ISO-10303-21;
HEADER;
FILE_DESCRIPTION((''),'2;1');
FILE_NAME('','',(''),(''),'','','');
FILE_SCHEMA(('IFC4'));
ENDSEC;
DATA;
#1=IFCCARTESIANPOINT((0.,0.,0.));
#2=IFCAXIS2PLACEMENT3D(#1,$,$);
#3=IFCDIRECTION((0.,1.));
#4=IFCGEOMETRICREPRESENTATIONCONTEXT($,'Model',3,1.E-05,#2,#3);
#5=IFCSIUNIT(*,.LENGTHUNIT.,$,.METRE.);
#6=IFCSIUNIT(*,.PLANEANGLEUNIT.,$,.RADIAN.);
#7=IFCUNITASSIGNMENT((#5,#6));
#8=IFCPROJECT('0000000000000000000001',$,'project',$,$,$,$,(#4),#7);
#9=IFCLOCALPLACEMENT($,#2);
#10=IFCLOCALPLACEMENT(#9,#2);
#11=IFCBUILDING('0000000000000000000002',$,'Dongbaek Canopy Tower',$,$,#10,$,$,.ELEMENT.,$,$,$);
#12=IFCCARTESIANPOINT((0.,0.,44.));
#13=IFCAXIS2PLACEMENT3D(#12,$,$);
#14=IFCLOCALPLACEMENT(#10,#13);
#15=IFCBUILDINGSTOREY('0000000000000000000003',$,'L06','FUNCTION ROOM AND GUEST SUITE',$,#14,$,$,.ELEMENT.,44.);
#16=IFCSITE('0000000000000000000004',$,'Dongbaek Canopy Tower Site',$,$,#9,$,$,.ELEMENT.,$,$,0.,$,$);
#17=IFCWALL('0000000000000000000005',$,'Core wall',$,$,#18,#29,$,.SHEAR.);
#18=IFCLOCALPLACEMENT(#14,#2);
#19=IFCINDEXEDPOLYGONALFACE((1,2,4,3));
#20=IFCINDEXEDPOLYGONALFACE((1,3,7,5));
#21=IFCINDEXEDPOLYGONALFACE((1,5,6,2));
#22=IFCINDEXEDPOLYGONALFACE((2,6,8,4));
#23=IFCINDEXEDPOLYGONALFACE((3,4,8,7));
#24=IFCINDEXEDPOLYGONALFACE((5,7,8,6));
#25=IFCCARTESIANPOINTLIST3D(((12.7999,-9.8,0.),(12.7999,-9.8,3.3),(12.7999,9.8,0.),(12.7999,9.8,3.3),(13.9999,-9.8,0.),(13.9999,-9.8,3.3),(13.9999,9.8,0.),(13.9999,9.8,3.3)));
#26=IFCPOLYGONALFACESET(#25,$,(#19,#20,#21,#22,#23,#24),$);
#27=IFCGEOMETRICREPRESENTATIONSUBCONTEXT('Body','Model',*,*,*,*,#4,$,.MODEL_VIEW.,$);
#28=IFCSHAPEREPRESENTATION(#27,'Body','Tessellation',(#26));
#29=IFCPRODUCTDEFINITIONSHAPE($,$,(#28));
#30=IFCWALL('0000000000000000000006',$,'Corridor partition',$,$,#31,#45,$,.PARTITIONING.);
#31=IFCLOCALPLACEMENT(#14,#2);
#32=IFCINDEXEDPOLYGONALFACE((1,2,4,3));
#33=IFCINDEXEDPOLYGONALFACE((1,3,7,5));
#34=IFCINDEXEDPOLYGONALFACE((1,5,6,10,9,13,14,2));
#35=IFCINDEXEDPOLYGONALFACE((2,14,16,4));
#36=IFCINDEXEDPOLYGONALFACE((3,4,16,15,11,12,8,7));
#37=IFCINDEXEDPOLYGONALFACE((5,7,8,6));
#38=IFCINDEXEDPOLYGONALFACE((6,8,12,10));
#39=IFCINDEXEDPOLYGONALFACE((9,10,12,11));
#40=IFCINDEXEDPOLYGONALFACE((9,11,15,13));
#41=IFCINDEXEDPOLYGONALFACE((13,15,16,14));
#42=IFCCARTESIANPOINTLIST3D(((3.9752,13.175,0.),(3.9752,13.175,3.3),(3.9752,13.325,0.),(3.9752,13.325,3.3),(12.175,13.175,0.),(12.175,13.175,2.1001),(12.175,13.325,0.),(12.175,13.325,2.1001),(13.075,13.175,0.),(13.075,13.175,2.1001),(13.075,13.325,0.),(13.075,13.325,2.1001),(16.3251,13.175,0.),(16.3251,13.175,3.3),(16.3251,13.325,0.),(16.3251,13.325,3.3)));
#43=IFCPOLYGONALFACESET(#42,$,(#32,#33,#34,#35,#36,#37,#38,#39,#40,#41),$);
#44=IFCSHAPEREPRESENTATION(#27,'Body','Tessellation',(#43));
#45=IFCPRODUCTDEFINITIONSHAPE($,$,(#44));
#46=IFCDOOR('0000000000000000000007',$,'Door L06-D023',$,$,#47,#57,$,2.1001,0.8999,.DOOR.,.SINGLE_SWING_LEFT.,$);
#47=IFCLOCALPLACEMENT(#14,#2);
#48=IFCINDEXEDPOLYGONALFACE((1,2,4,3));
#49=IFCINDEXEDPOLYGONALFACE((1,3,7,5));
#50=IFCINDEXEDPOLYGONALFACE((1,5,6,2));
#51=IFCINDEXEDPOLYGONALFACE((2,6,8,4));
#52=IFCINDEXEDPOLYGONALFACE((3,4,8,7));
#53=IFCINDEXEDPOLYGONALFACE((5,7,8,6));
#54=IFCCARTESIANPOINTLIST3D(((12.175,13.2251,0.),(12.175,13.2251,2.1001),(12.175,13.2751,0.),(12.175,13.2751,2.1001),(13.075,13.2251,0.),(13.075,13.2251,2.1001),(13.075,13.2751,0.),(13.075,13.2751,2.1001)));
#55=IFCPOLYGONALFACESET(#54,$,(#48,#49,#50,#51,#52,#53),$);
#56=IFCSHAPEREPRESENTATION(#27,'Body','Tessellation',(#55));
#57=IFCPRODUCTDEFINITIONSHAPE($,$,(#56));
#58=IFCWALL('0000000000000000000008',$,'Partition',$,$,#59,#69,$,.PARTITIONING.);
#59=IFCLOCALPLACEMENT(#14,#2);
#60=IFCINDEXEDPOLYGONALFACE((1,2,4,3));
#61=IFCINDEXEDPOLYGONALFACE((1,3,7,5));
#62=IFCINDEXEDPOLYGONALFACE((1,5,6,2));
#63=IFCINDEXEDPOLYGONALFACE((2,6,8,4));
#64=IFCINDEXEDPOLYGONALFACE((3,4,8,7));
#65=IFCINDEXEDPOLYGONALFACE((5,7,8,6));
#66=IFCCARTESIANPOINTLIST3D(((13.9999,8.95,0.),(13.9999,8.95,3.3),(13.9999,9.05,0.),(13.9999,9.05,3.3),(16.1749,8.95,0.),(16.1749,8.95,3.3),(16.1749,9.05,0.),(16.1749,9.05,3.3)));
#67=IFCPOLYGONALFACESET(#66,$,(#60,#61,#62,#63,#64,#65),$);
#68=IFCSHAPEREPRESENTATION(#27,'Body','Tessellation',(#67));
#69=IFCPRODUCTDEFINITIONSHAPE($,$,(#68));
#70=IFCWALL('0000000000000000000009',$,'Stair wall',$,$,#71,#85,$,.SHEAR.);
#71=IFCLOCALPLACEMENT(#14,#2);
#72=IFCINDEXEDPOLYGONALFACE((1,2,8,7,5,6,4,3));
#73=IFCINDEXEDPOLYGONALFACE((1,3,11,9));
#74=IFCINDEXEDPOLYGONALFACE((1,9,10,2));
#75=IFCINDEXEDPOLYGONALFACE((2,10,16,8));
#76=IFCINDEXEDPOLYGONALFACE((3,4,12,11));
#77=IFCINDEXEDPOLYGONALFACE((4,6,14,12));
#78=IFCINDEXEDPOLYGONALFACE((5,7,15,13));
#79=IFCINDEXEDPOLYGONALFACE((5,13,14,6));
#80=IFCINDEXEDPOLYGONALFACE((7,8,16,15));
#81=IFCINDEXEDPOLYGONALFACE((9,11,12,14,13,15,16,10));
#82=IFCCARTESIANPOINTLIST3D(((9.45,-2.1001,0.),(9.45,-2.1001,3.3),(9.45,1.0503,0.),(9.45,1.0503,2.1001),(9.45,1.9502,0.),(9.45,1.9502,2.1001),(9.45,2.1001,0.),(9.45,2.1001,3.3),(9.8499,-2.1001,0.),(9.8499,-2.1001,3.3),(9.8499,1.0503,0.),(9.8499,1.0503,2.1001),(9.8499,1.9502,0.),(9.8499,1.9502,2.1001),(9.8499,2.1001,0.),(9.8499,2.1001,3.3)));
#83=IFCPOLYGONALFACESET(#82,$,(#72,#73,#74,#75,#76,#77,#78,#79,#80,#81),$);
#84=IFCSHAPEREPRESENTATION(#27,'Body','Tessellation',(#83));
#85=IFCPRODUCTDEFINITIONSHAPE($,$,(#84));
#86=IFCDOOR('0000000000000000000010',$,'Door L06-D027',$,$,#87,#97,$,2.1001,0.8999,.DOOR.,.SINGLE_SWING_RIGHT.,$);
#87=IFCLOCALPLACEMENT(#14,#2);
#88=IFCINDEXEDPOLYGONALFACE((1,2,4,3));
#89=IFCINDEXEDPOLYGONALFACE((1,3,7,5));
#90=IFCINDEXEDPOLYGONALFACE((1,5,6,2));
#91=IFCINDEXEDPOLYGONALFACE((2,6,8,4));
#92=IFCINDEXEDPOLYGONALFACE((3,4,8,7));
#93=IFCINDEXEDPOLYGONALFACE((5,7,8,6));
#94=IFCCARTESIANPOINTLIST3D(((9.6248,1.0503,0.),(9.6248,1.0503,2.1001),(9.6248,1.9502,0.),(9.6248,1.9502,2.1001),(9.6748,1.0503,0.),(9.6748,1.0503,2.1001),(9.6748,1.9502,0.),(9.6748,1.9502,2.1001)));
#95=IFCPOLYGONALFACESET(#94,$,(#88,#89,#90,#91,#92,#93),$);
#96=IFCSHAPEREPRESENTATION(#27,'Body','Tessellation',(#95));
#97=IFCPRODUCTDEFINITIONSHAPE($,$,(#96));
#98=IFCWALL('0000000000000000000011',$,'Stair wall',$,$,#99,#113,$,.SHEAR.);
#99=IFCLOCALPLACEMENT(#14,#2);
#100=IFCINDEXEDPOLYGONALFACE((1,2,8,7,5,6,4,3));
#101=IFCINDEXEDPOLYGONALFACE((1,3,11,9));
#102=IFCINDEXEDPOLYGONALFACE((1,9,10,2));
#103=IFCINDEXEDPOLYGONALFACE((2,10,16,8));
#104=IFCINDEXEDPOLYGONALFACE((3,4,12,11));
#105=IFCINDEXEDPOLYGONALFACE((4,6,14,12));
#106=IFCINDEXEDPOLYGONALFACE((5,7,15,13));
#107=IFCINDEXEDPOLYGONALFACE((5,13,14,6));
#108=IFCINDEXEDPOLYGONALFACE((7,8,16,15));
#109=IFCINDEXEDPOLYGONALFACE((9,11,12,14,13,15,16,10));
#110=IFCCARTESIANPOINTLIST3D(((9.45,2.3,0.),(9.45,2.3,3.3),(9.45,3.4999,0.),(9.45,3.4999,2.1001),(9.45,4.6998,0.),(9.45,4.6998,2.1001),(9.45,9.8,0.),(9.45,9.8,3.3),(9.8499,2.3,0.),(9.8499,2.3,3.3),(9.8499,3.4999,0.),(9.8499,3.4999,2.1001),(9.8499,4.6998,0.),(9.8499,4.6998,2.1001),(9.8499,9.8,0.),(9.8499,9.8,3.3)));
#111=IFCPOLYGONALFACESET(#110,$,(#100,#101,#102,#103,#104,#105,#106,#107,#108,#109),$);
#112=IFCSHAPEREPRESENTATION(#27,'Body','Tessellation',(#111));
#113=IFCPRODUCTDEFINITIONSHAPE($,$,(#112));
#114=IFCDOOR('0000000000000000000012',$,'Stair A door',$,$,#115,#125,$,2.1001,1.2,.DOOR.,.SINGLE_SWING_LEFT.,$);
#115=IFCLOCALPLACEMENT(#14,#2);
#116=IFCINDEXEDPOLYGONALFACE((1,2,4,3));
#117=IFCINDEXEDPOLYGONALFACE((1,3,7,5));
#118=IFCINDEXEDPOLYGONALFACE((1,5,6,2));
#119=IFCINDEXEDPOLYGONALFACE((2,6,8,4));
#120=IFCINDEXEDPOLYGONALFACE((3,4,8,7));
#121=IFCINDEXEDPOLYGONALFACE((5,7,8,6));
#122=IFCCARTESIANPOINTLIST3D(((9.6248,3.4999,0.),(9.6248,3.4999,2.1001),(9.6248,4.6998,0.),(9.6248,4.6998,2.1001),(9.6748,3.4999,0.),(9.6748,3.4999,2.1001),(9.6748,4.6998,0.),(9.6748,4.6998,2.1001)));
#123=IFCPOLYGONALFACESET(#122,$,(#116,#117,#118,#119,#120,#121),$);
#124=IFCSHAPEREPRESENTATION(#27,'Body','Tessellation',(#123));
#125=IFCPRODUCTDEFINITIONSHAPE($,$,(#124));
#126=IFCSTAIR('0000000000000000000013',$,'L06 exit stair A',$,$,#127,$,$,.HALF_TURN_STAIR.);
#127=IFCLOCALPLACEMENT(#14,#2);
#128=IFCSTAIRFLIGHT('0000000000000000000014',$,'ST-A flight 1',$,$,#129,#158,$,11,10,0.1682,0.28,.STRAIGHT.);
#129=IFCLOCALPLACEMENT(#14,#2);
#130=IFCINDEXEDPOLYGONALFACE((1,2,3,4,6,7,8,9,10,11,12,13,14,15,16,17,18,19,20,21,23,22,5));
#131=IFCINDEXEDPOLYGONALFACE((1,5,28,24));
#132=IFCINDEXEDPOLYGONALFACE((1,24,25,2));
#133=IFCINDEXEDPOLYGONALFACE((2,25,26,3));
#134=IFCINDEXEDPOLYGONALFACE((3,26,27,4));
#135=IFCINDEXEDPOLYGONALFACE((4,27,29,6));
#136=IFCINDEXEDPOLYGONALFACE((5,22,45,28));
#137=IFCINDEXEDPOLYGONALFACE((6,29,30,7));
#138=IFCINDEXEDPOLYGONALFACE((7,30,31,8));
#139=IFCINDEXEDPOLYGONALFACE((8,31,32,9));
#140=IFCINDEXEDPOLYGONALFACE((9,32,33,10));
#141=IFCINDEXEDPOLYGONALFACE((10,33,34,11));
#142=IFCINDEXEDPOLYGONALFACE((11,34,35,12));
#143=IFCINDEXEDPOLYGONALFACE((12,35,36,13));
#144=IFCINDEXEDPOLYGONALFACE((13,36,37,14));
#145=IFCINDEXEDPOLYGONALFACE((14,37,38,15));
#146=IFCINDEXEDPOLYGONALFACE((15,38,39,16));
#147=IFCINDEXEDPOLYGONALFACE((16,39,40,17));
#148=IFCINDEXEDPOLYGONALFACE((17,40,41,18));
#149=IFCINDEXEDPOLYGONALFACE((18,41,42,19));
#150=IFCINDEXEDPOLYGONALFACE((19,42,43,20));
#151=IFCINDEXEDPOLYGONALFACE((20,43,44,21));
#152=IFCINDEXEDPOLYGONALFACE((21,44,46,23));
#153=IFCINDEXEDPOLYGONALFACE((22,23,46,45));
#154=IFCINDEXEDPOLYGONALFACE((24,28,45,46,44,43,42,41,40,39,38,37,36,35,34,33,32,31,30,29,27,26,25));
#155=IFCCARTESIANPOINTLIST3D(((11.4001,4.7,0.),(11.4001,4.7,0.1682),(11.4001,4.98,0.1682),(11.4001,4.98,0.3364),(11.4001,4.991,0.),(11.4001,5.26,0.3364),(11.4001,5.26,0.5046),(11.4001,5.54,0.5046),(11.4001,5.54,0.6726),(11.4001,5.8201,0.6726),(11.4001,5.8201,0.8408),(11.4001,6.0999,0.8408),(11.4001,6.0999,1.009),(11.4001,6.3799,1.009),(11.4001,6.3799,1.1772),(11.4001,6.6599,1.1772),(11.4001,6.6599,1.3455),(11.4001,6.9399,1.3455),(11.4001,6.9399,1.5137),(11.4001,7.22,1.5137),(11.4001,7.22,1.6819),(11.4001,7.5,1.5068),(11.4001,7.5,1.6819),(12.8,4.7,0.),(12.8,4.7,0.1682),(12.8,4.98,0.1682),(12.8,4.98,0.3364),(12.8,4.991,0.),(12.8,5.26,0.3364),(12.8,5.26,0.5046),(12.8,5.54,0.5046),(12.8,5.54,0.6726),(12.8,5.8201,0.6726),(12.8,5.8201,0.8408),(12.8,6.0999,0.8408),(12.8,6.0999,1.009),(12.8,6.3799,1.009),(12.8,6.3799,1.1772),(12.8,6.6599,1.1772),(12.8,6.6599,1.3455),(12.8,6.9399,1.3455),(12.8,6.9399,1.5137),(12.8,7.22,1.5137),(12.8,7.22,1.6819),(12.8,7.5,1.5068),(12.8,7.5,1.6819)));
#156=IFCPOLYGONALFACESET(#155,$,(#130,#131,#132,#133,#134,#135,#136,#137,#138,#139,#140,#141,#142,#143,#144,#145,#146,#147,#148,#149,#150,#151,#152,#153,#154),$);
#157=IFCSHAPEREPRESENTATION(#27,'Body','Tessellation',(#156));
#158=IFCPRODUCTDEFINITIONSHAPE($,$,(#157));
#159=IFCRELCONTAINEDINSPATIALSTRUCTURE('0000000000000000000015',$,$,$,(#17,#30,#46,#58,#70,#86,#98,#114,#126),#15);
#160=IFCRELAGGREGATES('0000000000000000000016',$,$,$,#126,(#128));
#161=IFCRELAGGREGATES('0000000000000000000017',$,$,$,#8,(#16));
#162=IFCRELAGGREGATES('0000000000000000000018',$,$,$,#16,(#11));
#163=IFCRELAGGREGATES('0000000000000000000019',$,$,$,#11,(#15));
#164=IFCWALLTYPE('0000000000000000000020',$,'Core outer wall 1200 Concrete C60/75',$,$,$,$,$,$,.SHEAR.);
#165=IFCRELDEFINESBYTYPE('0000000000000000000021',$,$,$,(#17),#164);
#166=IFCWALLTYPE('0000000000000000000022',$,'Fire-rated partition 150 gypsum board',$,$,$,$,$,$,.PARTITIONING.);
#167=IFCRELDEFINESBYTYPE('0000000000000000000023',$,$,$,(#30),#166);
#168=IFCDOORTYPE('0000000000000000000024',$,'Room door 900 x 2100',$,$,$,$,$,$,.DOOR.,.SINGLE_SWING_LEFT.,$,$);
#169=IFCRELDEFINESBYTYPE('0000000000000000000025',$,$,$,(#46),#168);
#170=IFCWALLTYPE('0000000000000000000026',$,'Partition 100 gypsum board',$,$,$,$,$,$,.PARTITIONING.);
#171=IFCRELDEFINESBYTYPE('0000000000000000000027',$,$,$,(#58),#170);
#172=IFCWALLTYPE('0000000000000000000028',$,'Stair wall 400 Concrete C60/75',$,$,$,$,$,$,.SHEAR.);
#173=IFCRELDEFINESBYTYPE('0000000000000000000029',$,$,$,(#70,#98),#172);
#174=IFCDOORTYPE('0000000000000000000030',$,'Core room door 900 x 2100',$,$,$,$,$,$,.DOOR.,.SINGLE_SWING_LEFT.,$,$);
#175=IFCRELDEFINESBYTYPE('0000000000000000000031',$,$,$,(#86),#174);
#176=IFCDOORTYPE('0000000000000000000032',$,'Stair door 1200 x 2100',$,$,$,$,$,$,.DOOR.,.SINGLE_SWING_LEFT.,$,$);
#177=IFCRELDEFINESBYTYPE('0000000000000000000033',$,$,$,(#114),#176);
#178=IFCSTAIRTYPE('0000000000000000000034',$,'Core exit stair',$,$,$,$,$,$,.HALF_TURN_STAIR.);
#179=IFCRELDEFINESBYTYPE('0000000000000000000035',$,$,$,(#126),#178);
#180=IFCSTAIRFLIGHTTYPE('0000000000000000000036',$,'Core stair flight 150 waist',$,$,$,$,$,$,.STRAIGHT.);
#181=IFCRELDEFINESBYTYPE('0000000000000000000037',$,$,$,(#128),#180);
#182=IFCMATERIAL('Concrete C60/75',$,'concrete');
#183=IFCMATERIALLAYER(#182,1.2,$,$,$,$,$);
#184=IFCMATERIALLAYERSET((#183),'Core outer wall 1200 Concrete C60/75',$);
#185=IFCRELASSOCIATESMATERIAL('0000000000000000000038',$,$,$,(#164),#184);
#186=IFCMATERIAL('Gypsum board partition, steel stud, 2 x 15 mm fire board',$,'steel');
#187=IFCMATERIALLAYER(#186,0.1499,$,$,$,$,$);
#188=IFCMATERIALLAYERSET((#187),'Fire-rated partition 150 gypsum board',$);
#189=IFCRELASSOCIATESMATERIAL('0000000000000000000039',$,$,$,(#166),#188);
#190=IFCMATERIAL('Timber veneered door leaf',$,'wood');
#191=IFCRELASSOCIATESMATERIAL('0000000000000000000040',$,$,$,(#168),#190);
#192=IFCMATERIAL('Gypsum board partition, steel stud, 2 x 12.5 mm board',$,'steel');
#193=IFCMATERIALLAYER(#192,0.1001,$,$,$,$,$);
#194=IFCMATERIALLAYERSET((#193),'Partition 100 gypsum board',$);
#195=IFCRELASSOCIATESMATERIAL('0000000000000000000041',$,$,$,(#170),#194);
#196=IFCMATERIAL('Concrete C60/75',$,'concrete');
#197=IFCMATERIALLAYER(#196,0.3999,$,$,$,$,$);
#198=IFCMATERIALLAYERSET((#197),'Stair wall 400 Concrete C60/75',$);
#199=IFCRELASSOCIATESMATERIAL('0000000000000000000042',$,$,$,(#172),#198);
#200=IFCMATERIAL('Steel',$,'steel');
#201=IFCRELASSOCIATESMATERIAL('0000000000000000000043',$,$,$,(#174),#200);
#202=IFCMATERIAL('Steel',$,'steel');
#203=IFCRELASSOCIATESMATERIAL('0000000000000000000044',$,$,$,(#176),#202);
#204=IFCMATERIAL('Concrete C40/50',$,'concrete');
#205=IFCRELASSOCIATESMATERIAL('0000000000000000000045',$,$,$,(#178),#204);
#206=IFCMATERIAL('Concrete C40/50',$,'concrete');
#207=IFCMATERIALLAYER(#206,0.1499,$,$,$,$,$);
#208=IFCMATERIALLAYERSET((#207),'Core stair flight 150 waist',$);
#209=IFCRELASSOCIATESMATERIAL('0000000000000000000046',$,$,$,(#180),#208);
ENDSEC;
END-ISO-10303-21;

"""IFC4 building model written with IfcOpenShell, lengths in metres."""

from ifc_helpers import new_model, si_unit, direction, frame, frame_2d, origin, place, context, subcontext, project, spatial, polyline, rectangle, outline, extrude, material, layer, layer_set, type_object, element, fill, aggregate, save


model = new_model("IFC4")

# Units and contexts
model_context = context("Model", 3, precision=1e-05, world=origin(), true_north=direction((0.0, 1.0)))
body_context = subcontext(model_context, "Body", "Model", "MODEL_VIEW")
ifc_project = project(units=[si_unit("LENGTHUNIT", "METRE"), si_unit("PLANEANGLEUNIT", "RADIAN")], contexts=[model_context])

# Site, building, storey
site_placement = place(None, origin())
site = spatial("IfcSite", under=ifc_project, at=site_placement, Name="Dongbaek Canopy Tower Site", CompositionType="ELEMENT", RefElevation=0.0)
building_placement = place(site_placement, origin())
building = spatial("IfcBuilding", under=site, at=building_placement, Name="Dongbaek Canopy Tower", CompositionType="ELEMENT")
storey_placement = place(building_placement, frame((0.0, 0.0, 44.0)))
storey = spatial("IfcBuildingStorey", under=building, at=storey_placement, Name="L06", Description="FUNCTION ROOM AND GUEST SUITE", CompositionType="ELEMENT", Elevation=44.0)

# Wall
ifc_material_1 = material(Name="Concrete C60/75", Category="concrete")
ifc_layer_1 = layer(ifc_material_1, 1.2)
ifc_layer_set_1 = layer_set([ifc_layer_1], Name="Core outer wall 1200 Concrete C60/75")
wall_type_1 = type_object("IfcWallType", Name="Core outer wall 1200 Concrete C60/75", PredefinedType="SHEAR", material=ifc_layer_set_1)
wall_1_placement = place(storey_placement, frame((13.3999, 9.8, 0.0), z_axis=(0.0, 0.0, 1.0), x_axis=(0.0, -1.0, 0.0)))
element("IfcWall", 1, at=wall_1_placement, inside=storey, type_object=wall_type_1, Name="Core wall", PredefinedType="SHEAR", context=body_context, shape_type="SweptSolid", body=[
    extrude(rectangle(XDim=19.6001, YDim=1.2, at=frame_2d((9.8, 0.0))), origin(), (0.0, 0.0, 1.0), 3.3),
])

# Wall, opening, door
ifc_material_2 = material(Name="Gypsum board partition, steel stud, 2 x 15 mm fire board", Category="steel")
ifc_layer_2 = layer(ifc_material_2, 0.1499)
ifc_layer_set_2 = layer_set([ifc_layer_2], Name="Fire-rated partition 150 gypsum board")
wall_type_2 = type_object("IfcWallType", Name="Fire-rated partition 150 gypsum board", PredefinedType="PARTITIONING", material=ifc_layer_set_2)
wall_2_placement = place(storey_placement, frame((16.325, 13.25, 0.0), z_axis=(0.0, 0.0, 1.0), x_axis=(-1.0, 0.0, 0.0)))
wall_2 = element("IfcWall", 2, at=wall_2_placement, inside=storey, type_object=wall_type_2, Name="Corridor partition", PredefinedType="PARTITIONING", context=body_context, shape_type="SweptSolid", body=[
    extrude(rectangle(XDim=12.3499, YDim=0.1499, at=frame_2d((6.1748, 0.0))), origin(), (0.0, 0.0, 1.0), 3.3),
])
opening_1_placement = place(wall_2_placement, frame((3.25, 0.0, 0.0)))
opening_1 = element("IfcOpeningElement", 3, at=opening_1_placement, cuts=wall_2, PredefinedType="OPENING", context=body_context, shape_type="SweptSolid", body=[
    extrude(rectangle(XDim=0.8999, YDim=2.1001, at=frame_2d((0.45, 1.05))), frame((0.0, 0.085, 0.0), z_axis=(0.0, -1.0, 0.0), x_axis=(1.0, 0.0, 0.0)), (0.0, 0.0, 1.0), 0.1699),
])
ifc_material_3 = material(Name="Timber veneered door leaf", Category="wood")
door_type_1 = type_object("IfcDoorType", Name="Room door 900 x 2100", OperationType="SINGLE_SWING_LEFT", PredefinedType="DOOR", material=ifc_material_3)
door_1_placement = place(opening_1_placement, origin())
door_1 = element("IfcDoor", 4, at=door_1_placement, inside=storey, type_object=door_type_1, Name="Door L06-D023", OperationType="SINGLE_SWING_LEFT", OverallHeight=2.1001, OverallWidth=0.8999, PredefinedType="DOOR", context=body_context, shape_type="SweptSolid", body=[
    extrude(rectangle(XDim=0.8999, YDim=2.1001, at=frame_2d((0.45, 1.05))), frame((0.0, 0.0249, 0.0), z_axis=(0.0, -1.0, 0.0), x_axis=(1.0, 0.0, 0.0)), (0.0, 0.0, 1.0), 0.05),
])
fill(opening_1, door_1)

# Wall
ifc_material_4 = material(Name="Gypsum board partition, steel stud, 2 x 12.5 mm board", Category="steel")
ifc_layer_3 = layer(ifc_material_4, 0.1001)
ifc_layer_set_3 = layer_set([ifc_layer_3], Name="Partition 100 gypsum board")
wall_type_3 = type_object("IfcWallType", Name="Partition 100 gypsum board", PredefinedType="PARTITIONING", material=ifc_layer_set_3)
wall_3_placement = place(storey_placement, frame((14.0, 9.0, 0.0), z_axis=(0.0, 0.0, 1.0), x_axis=(1.0, 0.0, 0.0)))
element("IfcWall", 5, at=wall_3_placement, inside=storey, type_object=wall_type_3, Name="Partition", PredefinedType="PARTITIONING", context=body_context, shape_type="SweptSolid", body=[
    extrude(rectangle(XDim=2.175, YDim=0.1001, at=frame_2d((1.0874, 0.0))), origin(), (0.0, 0.0, 1.0), 3.3),
])

# Walls, openings, doors
ifc_material_5 = material(Name="Concrete C60/75", Category="concrete")
ifc_layer_4 = layer(ifc_material_5, 0.3999)
ifc_layer_set_4 = layer_set([ifc_layer_4], Name="Stair wall 400 Concrete C60/75")
wall_type_4 = type_object("IfcWallType", Name="Stair wall 400 Concrete C60/75", PredefinedType="SHEAR", material=ifc_layer_set_4)
wall_4_placement = place(storey_placement, frame((9.6499, 2.1001, 0.0), z_axis=(0.0, 0.0, 1.0), x_axis=(0.0, -1.0, 0.0)))
wall_4 = element("IfcWall", 6, at=wall_4_placement, inside=storey, type_object=wall_type_4, Name="Stair wall", PredefinedType="SHEAR", context=body_context, shape_type="SweptSolid", body=[
    extrude(rectangle(XDim=4.2002, YDim=0.3999, at=frame_2d((2.1001, 0.0))), origin(), (0.0, 0.0, 1.0), 3.3),
])
opening_2_placement = place(wall_4_placement, frame((0.1499, 0.0, 0.0)))
opening_2 = element("IfcOpeningElement", 7, at=opening_2_placement, cuts=wall_4, PredefinedType="OPENING", context=body_context, shape_type="SweptSolid", body=[
    extrude(rectangle(XDim=0.8999, YDim=2.1001, at=frame_2d((0.45, 1.05))), frame((0.0, 0.21, 0.0), z_axis=(0.0, -1.0, 0.0), x_axis=(1.0, 0.0, 0.0)), (0.0, 0.0, 1.0), 0.4199),
])
ifc_material_6 = material(Name="Steel", Category="steel")
door_type_2 = type_object("IfcDoorType", Name="Core room door 900 x 2100", OperationType="SINGLE_SWING_LEFT", PredefinedType="DOOR", material=ifc_material_6)
door_2_placement = place(opening_2_placement, origin())
door_2 = element("IfcDoor", 8, at=door_2_placement, inside=storey, type_object=door_type_2, Name="Door L06-D027", OperationType="SINGLE_SWING_RIGHT", OverallHeight=2.1001, OverallWidth=0.8999, PredefinedType="DOOR", context=body_context, shape_type="SweptSolid", body=[
    extrude(rectangle(XDim=0.8999, YDim=2.1001, at=frame_2d((0.45, 1.05))), frame((0.0, 0.0249, 0.0), z_axis=(0.0, -1.0, 0.0), x_axis=(1.0, 0.0, 0.0)), (0.0, 0.0, 1.0), 0.05),
])
fill(opening_2, door_2)
wall_5_placement = place(storey_placement, frame((9.6499, 9.8, 0.0), z_axis=(0.0, 0.0, 1.0), x_axis=(0.0, -1.0, 0.0)))
wall_5 = element("IfcWall", 9, at=wall_5_placement, inside=storey, type_object=wall_type_4, Name="Stair wall", PredefinedType="SHEAR", context=body_context, shape_type="SweptSolid", body=[
    extrude(rectangle(XDim=7.5, YDim=0.3999, at=frame_2d((3.75, 0.0))), origin(), (0.0, 0.0, 1.0), 3.3),
])
opening_3_placement = place(wall_5_placement, frame((5.1001, 0.0, 0.0)))
opening_3 = element("IfcOpeningElement", 10, at=opening_3_placement, cuts=wall_5, PredefinedType="OPENING", context=body_context, shape_type="SweptSolid", body=[
    extrude(rectangle(XDim=1.2, YDim=2.1001, at=frame_2d((0.6001, 1.05))), frame((0.0, 0.21, 0.0), z_axis=(0.0, -1.0, 0.0), x_axis=(1.0, 0.0, 0.0)), (0.0, 0.0, 1.0), 0.4199),
])
ifc_material_7 = material(Name="Steel", Category="steel")
door_type_3 = type_object("IfcDoorType", Name="Stair door 1200 x 2100", OperationType="SINGLE_SWING_LEFT", PredefinedType="DOOR", material=ifc_material_7)
door_3_placement = place(opening_3_placement, origin())
door_3 = element("IfcDoor", 11, at=door_3_placement, inside=storey, type_object=door_type_3, Name="Stair A door", OperationType="SINGLE_SWING_LEFT", OverallHeight=2.1001, OverallWidth=1.2, PredefinedType="DOOR", context=body_context, shape_type="SweptSolid", body=[
    extrude(rectangle(XDim=1.2, YDim=2.1001, at=frame_2d((0.6001, 1.05))), frame((0.0, 0.0249, 0.0), z_axis=(0.0, -1.0, 0.0), x_axis=(1.0, 0.0, 0.0)), (0.0, 0.0, 1.0), 0.05),
])
fill(opening_3, door_3)

# Stair, stair flight
ifc_material_8 = material(Name="Concrete C40/50", Category="concrete")
stair_type = type_object("IfcStairType", Name="Core exit stair", PredefinedType="HALF_TURN_STAIR", material=ifc_material_8)
stair_placement = place(storey_placement, origin())
stair = element("IfcStair", 12, at=stair_placement, inside=storey, type_object=stair_type, Name="L06 exit stair A", PredefinedType="HALF_TURN_STAIR")
ifc_material_9 = material(Name="Concrete C40/50", Category="concrete")
ifc_layer_5 = layer(ifc_material_9, 0.1499)
ifc_layer_set_5 = layer_set([ifc_layer_5], Name="Core stair flight 150 waist")
stair_flight_type = type_object("IfcStairFlightType", Name="Core stair flight 150 waist", PredefinedType="STRAIGHT", material=ifc_layer_set_5)
stair_flight_1_placement = place(storey_placement, frame((12.1001, 4.7, 0.0), z_axis=(0.0, 0.0, 1.0), x_axis=(0.0, 1.0, 0.0)))
stair_flight_1 = element("IfcStairFlight", 13, at=stair_flight_1_placement, type_object=stair_flight_type, Name="ST-A flight 1", NumberOfRisers=11, NumberOfTreads=10, PredefinedType="STRAIGHT", RiserHeight=0.1682, TreadLength=0.28, context=body_context, shape_type="SweptSolid", body=[
    extrude(outline(polyline([(0.0, 0.0), (0.0, 0.1682), (0.28, 0.1682), (0.28, 0.3364), (0.5601, 0.3364), (0.5601, 0.5046), (0.8401, 0.5046), (0.8401, 0.6726), (1.1201, 0.6726), (1.1201, 0.8408), (1.3999, 0.8408), (1.3999, 1.009), (1.6799, 1.009), (1.6799, 1.1772), (1.96, 1.1772), (1.96, 1.3455), (2.24, 1.3455), (2.24, 1.5137), (2.52, 1.5137), (2.52, 1.6819), (2.8, 1.6819), (2.8, 1.8501), (2.8, 1.5068), (0.291, 0.0), (0.0, 0.0)])), frame((0.0, 0.7, 0.0), z_axis=(0.0, -1.0, 0.0), x_axis=(1.0, 0.0, 0.0)), (0.0, 0.0, 1.0), 1.3999),
])
aggregate(stair, [stair_flight_1])

save(model, "model.ifc")
